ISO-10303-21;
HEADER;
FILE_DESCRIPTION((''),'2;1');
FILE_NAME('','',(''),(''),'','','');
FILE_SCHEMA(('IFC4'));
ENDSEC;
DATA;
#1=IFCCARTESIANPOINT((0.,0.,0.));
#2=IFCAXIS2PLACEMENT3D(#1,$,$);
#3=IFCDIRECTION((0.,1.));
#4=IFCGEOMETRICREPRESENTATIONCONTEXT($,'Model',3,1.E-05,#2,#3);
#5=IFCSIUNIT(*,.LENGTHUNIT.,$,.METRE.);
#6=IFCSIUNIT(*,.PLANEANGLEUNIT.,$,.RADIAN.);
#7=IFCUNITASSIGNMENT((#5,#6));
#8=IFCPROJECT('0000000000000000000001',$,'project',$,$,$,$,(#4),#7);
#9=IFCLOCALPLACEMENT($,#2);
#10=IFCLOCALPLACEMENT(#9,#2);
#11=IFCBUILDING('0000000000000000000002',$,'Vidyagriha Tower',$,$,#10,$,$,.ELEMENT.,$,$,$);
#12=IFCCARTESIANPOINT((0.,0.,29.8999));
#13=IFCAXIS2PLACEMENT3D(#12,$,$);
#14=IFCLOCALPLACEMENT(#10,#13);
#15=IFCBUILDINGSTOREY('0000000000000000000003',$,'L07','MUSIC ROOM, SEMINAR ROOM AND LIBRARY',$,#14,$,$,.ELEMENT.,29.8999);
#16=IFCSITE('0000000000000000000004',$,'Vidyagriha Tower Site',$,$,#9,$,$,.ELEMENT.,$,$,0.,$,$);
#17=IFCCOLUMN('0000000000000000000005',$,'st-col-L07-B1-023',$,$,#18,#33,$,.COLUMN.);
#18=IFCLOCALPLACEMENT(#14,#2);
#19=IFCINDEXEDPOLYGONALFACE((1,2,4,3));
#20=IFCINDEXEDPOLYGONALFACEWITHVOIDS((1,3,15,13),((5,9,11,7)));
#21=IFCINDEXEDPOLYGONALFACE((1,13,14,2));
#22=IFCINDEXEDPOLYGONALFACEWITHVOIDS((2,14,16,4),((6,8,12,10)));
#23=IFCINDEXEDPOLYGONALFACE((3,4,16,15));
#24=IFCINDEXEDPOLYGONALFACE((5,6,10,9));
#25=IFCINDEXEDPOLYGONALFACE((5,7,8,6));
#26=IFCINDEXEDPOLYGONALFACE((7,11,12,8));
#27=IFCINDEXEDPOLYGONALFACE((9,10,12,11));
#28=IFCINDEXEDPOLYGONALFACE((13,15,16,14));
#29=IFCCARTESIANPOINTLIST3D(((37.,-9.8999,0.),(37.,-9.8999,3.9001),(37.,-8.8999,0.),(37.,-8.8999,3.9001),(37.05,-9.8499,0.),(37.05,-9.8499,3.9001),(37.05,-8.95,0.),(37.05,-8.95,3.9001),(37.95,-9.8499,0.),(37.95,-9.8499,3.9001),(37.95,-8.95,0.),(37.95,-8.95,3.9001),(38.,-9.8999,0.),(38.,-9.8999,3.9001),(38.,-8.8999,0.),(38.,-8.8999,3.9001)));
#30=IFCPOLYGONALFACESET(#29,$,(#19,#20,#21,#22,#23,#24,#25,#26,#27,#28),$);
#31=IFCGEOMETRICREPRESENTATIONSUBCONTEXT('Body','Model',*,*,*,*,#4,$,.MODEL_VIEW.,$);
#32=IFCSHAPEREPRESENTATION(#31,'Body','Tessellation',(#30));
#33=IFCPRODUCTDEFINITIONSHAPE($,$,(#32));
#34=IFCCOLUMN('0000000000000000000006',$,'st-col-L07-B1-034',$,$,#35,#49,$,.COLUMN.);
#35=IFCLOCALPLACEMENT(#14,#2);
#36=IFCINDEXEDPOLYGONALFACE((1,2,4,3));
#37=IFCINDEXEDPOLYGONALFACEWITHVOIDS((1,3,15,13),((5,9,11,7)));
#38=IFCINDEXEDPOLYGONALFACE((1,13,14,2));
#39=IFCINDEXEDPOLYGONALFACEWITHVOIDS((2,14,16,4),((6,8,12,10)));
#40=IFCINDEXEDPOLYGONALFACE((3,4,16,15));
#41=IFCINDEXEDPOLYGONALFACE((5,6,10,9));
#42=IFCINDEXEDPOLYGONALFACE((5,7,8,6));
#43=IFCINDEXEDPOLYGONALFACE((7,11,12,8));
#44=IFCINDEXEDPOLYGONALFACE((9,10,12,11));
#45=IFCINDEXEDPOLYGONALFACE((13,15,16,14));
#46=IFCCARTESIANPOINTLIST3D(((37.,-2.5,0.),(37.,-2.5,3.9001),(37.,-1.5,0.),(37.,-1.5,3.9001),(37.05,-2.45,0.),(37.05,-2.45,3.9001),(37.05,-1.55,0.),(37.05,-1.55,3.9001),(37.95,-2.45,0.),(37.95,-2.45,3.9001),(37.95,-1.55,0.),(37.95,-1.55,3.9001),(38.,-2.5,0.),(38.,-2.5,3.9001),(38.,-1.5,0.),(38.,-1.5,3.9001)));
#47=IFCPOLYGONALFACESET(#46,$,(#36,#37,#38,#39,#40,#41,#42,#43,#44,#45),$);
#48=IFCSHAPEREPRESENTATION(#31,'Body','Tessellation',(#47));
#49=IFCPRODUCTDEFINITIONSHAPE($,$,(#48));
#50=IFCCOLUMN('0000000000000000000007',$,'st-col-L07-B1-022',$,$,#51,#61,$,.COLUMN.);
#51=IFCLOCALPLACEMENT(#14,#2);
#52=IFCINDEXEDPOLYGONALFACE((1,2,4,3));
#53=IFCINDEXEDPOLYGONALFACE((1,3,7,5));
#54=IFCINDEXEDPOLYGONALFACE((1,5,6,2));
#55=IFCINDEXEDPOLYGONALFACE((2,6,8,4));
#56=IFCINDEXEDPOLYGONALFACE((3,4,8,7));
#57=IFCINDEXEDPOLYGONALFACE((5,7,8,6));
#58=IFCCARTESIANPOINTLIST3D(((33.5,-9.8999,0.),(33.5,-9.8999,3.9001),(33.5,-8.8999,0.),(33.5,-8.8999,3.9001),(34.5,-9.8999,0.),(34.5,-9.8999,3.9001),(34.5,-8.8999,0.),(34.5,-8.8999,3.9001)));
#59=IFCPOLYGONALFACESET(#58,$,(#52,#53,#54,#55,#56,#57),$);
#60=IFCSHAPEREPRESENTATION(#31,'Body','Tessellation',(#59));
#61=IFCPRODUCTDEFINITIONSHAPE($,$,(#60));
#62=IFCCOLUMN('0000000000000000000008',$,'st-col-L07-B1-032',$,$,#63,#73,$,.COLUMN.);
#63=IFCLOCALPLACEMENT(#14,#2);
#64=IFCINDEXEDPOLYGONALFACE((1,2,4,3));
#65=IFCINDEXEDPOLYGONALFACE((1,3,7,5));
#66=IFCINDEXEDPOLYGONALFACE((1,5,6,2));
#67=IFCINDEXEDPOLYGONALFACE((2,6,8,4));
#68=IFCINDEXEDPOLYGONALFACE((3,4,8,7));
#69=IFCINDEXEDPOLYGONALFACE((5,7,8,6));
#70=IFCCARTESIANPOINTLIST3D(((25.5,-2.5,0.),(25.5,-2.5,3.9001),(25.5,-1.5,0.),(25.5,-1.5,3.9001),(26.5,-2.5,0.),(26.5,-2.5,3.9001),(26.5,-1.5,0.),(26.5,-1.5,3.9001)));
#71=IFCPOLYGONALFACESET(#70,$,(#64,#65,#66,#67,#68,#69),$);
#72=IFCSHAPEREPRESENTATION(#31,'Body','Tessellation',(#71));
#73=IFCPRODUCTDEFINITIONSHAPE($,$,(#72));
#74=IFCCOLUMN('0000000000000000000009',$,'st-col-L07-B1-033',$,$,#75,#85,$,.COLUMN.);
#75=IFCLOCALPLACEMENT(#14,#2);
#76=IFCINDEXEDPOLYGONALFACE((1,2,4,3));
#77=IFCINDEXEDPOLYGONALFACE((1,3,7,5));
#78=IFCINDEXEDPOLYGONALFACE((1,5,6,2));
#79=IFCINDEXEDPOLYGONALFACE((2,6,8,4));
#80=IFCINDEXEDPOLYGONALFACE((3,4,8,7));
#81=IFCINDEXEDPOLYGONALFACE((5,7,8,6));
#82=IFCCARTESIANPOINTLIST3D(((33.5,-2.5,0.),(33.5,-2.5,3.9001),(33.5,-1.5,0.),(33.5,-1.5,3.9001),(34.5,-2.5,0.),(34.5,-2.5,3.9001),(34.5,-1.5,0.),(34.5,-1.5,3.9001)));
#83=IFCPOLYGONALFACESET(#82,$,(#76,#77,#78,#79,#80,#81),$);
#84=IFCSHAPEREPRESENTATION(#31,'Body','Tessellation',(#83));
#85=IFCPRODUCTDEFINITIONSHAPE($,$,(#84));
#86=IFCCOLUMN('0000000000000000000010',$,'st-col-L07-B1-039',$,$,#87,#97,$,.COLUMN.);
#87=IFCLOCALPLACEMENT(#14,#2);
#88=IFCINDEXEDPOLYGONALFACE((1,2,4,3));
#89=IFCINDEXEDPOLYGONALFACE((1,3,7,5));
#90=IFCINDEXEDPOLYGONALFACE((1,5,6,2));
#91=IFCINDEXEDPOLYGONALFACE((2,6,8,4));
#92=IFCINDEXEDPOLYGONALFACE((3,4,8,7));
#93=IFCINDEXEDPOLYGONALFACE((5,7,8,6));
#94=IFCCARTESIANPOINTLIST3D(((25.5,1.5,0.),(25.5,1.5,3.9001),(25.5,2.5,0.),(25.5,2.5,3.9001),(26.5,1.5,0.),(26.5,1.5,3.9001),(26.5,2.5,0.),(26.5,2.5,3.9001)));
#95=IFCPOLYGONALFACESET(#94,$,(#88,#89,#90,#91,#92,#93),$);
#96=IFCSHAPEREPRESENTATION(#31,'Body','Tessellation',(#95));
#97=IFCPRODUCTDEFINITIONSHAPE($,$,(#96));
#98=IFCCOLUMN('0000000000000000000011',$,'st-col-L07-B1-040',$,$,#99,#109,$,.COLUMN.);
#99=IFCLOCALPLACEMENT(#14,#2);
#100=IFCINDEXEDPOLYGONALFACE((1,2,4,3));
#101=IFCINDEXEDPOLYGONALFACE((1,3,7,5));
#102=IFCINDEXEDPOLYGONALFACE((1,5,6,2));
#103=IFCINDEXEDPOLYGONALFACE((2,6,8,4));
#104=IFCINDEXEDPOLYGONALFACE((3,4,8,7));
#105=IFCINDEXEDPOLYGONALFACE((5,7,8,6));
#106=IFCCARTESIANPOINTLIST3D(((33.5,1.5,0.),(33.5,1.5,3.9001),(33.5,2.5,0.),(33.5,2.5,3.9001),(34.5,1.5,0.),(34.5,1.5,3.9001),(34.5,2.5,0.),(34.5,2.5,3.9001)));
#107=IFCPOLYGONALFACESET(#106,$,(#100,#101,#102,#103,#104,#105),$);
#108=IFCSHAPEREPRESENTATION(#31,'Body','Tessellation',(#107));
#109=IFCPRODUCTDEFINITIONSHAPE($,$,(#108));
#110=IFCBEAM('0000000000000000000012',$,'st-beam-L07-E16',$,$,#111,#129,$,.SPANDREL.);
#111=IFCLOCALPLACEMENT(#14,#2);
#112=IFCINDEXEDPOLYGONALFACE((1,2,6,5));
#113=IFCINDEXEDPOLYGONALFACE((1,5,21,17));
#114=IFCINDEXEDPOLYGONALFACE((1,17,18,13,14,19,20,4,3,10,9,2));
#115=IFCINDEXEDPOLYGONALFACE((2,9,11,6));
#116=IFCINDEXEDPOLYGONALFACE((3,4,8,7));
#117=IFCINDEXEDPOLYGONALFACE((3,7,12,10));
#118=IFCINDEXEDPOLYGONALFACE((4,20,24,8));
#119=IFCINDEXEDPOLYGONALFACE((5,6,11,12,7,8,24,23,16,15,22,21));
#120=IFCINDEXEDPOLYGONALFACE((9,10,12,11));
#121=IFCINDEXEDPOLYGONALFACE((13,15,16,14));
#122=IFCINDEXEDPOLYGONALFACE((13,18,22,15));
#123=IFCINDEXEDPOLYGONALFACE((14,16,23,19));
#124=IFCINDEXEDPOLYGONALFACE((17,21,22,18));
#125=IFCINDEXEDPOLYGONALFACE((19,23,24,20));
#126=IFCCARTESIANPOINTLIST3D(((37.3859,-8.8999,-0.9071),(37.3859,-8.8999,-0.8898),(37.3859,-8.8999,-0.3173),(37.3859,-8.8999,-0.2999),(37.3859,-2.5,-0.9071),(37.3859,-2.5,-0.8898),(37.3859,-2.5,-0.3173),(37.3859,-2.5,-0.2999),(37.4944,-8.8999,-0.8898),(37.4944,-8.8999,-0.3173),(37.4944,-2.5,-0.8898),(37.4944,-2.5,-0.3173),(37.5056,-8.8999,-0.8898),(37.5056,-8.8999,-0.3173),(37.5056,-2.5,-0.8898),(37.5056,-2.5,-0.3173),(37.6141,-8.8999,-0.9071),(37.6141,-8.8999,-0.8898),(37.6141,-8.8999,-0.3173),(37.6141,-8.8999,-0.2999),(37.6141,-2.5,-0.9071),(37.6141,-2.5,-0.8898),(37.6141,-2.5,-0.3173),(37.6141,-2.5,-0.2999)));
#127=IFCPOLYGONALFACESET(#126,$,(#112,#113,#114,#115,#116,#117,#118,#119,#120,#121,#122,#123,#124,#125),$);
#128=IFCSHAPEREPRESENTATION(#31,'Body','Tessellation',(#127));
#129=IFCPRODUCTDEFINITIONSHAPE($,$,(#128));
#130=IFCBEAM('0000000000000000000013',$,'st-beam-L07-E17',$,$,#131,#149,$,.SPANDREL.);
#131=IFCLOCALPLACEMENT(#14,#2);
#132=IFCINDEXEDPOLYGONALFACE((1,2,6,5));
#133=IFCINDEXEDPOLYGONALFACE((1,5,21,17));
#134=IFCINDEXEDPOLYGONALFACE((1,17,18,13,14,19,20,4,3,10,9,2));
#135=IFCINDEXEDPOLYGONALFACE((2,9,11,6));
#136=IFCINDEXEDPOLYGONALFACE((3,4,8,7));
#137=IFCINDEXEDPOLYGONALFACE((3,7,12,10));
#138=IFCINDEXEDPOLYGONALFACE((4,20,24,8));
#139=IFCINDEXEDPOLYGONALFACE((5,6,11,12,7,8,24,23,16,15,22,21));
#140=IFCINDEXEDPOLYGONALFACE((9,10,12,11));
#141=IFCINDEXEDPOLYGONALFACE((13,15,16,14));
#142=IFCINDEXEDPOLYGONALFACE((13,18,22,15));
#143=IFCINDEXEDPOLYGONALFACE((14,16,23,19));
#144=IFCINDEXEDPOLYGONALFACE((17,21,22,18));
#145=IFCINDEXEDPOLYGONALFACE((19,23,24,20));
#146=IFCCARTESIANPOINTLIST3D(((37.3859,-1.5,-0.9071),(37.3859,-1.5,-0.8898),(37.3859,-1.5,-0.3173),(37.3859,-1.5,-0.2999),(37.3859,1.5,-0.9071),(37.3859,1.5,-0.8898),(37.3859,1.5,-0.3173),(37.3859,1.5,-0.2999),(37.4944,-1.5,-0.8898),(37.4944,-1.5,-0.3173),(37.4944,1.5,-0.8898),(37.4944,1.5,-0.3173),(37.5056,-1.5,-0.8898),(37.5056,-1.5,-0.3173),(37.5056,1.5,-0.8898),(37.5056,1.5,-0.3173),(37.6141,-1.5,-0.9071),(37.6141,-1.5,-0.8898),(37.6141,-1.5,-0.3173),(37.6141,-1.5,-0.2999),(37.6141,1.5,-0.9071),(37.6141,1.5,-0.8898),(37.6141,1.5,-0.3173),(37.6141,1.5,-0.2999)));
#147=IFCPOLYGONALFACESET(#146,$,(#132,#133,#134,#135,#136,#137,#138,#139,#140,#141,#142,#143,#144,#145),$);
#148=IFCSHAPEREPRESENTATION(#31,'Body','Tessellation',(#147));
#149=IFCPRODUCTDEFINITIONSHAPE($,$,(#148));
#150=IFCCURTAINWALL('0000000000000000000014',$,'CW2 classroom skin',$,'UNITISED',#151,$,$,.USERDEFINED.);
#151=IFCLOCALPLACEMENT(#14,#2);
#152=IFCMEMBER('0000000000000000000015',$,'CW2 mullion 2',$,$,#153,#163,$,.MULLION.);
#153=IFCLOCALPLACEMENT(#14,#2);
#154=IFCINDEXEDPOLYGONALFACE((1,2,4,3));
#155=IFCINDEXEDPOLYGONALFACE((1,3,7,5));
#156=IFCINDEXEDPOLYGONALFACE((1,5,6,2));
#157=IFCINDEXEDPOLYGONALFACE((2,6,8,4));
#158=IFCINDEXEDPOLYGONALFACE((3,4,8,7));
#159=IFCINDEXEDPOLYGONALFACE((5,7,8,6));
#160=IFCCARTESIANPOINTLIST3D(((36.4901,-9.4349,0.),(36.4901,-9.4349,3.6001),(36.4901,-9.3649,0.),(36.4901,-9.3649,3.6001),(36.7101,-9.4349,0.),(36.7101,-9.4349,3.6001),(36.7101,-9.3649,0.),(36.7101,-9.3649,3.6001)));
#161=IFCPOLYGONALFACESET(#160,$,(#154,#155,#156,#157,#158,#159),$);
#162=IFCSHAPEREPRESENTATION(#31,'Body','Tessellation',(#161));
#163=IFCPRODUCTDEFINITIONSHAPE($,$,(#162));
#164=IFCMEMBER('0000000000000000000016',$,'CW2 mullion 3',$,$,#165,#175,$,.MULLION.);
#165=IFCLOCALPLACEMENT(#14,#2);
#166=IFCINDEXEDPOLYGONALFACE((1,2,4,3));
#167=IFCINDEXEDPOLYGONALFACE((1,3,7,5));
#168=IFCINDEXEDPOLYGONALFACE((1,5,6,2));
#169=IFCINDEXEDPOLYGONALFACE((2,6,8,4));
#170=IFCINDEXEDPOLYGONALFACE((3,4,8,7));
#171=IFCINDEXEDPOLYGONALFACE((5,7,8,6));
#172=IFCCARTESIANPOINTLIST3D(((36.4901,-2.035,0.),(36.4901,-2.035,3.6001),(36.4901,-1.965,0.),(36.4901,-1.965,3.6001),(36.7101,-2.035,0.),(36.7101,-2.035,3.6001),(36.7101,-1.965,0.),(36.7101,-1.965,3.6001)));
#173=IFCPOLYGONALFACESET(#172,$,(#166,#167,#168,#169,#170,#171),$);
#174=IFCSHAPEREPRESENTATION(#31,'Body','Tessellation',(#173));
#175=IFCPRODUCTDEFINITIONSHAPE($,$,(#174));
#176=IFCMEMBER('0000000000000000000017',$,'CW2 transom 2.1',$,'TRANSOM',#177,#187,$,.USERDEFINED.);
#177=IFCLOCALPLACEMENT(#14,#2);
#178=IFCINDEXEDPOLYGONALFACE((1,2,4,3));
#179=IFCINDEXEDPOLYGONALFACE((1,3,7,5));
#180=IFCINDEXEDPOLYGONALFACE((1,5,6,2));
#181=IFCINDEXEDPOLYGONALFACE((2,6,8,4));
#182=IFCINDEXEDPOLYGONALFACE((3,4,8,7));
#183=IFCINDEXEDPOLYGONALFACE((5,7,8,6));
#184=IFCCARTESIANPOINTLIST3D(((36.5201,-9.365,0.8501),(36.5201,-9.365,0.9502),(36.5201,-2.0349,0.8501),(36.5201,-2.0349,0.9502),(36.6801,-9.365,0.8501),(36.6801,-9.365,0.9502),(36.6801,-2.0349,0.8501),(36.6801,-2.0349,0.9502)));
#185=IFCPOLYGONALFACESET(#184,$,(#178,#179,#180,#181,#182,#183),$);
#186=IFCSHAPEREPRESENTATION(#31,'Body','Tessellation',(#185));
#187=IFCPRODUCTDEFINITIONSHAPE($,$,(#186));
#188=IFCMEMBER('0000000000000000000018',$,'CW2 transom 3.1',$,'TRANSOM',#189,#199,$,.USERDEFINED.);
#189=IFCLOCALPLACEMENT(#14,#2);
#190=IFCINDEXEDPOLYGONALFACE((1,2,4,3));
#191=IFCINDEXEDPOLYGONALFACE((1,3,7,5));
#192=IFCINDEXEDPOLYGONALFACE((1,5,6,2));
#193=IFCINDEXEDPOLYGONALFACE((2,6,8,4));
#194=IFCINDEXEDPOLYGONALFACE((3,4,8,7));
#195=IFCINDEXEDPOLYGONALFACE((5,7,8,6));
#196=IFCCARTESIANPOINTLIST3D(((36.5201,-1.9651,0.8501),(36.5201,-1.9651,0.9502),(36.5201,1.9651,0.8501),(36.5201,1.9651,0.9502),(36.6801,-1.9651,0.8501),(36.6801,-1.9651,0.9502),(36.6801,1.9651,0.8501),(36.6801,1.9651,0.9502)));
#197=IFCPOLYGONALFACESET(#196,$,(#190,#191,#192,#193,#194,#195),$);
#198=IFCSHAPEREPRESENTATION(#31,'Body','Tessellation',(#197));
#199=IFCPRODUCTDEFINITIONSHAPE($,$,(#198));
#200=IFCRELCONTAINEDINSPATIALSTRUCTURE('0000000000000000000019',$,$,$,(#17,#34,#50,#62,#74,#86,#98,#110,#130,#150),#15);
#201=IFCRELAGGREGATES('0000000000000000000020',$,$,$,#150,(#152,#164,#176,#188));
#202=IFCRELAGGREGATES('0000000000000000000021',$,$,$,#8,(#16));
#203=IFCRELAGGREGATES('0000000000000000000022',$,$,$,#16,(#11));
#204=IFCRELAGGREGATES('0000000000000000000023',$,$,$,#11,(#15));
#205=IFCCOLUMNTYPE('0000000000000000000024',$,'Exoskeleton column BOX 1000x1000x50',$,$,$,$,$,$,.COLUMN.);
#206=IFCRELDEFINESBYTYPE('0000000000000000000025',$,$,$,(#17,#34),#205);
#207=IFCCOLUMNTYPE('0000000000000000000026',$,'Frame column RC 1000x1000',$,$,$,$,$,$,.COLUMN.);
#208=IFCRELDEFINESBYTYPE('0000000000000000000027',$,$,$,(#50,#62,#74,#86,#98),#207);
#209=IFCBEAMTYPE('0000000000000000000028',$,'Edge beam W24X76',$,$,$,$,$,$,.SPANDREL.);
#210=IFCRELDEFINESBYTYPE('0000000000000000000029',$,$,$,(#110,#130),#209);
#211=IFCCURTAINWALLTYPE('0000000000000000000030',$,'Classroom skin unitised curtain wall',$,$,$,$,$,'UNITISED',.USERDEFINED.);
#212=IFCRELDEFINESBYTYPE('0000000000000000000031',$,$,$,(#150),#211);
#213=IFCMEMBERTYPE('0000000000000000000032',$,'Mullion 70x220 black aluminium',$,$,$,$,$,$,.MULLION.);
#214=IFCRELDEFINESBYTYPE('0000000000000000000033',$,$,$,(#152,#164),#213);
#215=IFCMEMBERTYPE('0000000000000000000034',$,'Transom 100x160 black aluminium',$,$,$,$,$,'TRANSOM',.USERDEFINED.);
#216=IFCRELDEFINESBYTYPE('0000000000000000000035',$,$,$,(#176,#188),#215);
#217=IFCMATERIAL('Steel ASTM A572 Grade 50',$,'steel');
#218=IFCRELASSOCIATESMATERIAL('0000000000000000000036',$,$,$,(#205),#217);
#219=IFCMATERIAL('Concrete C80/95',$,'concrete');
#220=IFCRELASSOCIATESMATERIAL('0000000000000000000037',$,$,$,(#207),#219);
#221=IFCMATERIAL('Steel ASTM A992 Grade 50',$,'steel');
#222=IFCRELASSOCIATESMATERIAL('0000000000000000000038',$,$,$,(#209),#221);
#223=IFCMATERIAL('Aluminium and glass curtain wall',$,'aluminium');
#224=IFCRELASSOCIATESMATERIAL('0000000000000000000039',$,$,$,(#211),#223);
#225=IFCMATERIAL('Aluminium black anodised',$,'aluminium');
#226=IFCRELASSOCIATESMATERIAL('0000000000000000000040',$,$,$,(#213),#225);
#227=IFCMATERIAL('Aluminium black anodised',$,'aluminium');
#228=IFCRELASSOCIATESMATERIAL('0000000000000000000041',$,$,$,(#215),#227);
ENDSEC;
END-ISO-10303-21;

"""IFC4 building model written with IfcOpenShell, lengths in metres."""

from ifc_helpers import new_model, si_unit, direction, frame, origin, origin_2d, place, context, subcontext, project, spatial, rectangle, hollow_rectangle, i_section, extrude, material, material_profile, profile_set, type_object, element, aggregate, save


model = new_model("IFC4")

# Units and contexts
model_context = context("Model", 3, precision=1e-05, world=origin(), true_north=direction((0.0, 1.0)))
body_context = subcontext(model_context, "Body", "Model", "MODEL_VIEW")
ifc_project = project(units=[si_unit("LENGTHUNIT", "METRE"), si_unit("PLANEANGLEUNIT", "RADIAN")], contexts=[model_context])

# Site, building, storey
site_placement = place(None, origin())
site = spatial("IfcSite", under=ifc_project, at=site_placement, Name="Vidyagriha Tower Site", CompositionType="ELEMENT", RefElevation=0.0)
building_placement = place(site_placement, origin())
building = spatial("IfcBuilding", under=site, at=building_placement, Name="Vidyagriha Tower", CompositionType="ELEMENT")
storey_placement = place(building_placement, frame((0.0, 0.0, 29.8999)))
storey = spatial("IfcBuildingStorey", under=building, at=storey_placement, Name="L07", Description="MUSIC ROOM, SEMINAR ROOM AND LIBRARY", CompositionType="ELEMENT", Elevation=29.8999)

# Columns
ifc_material_1 = material(Name="Steel ASTM A572 Grade 50", Category="steel")
ifc_material_profile_1 = material_profile(ifc_material_1, hollow_rectangle(XDim=1.0, YDim=1.0, WallThickness=0.05, at=origin_2d()), Name="BOX 1000x1000x50")
ifc_profile_set_1 = profile_set([ifc_material_profile_1], Name="Steel ASTM A572 Grade 50")
column_type_1 = type_object("IfcColumnType", Name="Exoskeleton column BOX 1000x1000x50", PredefinedType="COLUMN", material=ifc_profile_set_1)
for number, where, name in (
    (1, (37.5, -9.3999, 0.0), "st-col-L07-B1-023"),
    (2, (37.5, -2.0, 0.0), "st-col-L07-B1-034"),
):
    element("IfcColumn", number, at=place(storey_placement, frame(where)), inside=storey, type_object=column_type_1, Name=name, PredefinedType="COLUMN", context=body_context, shape_type="SweptSolid", body=[
        extrude(hollow_rectangle(XDim=1.0, YDim=1.0, WallThickness=0.05, at=origin_2d()), origin(), (0.0, 0.0, 1.0), 3.9001),
    ])
ifc_material_2 = material(Name="Concrete C80/95", Category="concrete")
ifc_material_profile_2 = material_profile(ifc_material_2, rectangle(XDim=1.0, YDim=1.0, at=origin_2d()), Name="RC 1000x1000")
ifc_profile_set_2 = profile_set([ifc_material_profile_2], Name="Concrete C80/95")
column_type_2 = type_object("IfcColumnType", Name="Frame column RC 1000x1000", PredefinedType="COLUMN", material=ifc_profile_set_2)
for number, where, name in (
    (3, (34.0, -9.3999, 0.0), "st-col-L07-B1-022"),
    (4, (26.0, -2.0, 0.0), "st-col-L07-B1-032"),
    (5, (34.0, -2.0, 0.0), "st-col-L07-B1-033"),
    (6, (26.0, 2.0, 0.0), "st-col-L07-B1-039"),
    (7, (34.0, 2.0, 0.0), "st-col-L07-B1-040"),
):
    element("IfcColumn", number, at=place(storey_placement, frame(where)), inside=storey, type_object=column_type_2, Name=name, PredefinedType="COLUMN", context=body_context, shape_type="SweptSolid", body=[
        extrude(rectangle(XDim=1.0, YDim=1.0, at=origin_2d()), origin(), (0.0, 0.0, 1.0), 3.9001),
    ])

# Beams
ifc_material_3 = material(Name="Steel ASTM A992 Grade 50", Category="steel")
ifc_material_profile_3 = material_profile(ifc_material_3, i_section(OverallWidth=0.2283, OverallDepth=0.6072, WebThickness=0.0112, FlangeThickness=0.0173, at=origin_2d()), Name="W24X76")
ifc_profile_set_3 = profile_set([ifc_material_profile_3], Name="Steel ASTM A992 Grade 50")
beam_type = type_object("IfcBeamType", Name="Edge beam W24X76", PredefinedType="SPANDREL", material=ifc_profile_set_3)
beam_1_placement = place(storey_placement, frame((37.5, -8.8999, -0.6035), z_axis=(0.0, 1.0, 0.0), x_axis=(-1.0, 0.0, 0.0)))
element("IfcBeam", 8, at=beam_1_placement, inside=storey, type_object=beam_type, Name="st-beam-L07-E16", PredefinedType="SPANDREL", context=body_context, shape_type="SweptSolid", body=[
    extrude(i_section(OverallWidth=0.2283, OverallDepth=0.6072, WebThickness=0.0112, FlangeThickness=0.0173, at=origin_2d()), origin(), (0.0, 0.0, 1.0), 6.3999),
])
beam_2_placement = place(storey_placement, frame((37.5, -1.5, -0.6035), z_axis=(0.0, 1.0, 0.0), x_axis=(-1.0, 0.0, 0.0)))
element("IfcBeam", 9, at=beam_2_placement, inside=storey, type_object=beam_type, Name="st-beam-L07-E17", PredefinedType="SPANDREL", context=body_context, shape_type="SweptSolid", body=[
    extrude(i_section(OverallWidth=0.2283, OverallDepth=0.6072, WebThickness=0.0112, FlangeThickness=0.0173, at=origin_2d()), origin(), (0.0, 0.0, 1.0), 3.0),
])

# Curtain wall, members
ifc_material_4 = material(Name="Aluminium and glass curtain wall", Category="aluminium")
curtain_wall_type = type_object("IfcCurtainWallType", Name="Classroom skin unitised curtain wall", ElementType="UNITISED", PredefinedType="USERDEFINED", material=ifc_material_4)
curtain_wall_placement = place(storey_placement, origin())
curtain_wall = element("IfcCurtainWall", 10, at=curtain_wall_placement, inside=storey, type_object=curtain_wall_type, Name="CW2 classroom skin", ObjectType="UNITISED", PredefinedType="USERDEFINED")
ifc_material_5 = material(Name="Aluminium black anodised", Category="aluminium")
ifc_material_profile_4 = material_profile(ifc_material_5, rectangle(XDim=0.22, YDim=0.0701, at=origin_2d()), Name="Mullion 70x220 black aluminium")
ifc_profile_set_4 = profile_set([ifc_material_profile_4], Name="Aluminium black anodised")
member_type_1 = type_object("IfcMemberType", Name="Mullion 70x220 black aluminium", PredefinedType="MULLION", material=ifc_profile_set_4)
member_1_placement = place(storey_placement, frame((36.6001, -9.3999, 0.0), z_axis=(0.0, 0.0, 1.0), x_axis=(-1.0, 0.0, 0.0)))
member_1 = element("IfcMember", 11, at=member_1_placement, type_object=member_type_1, Name="CW2 mullion 2", PredefinedType="MULLION", context=body_context, shape_type="SweptSolid", body=[
    extrude(rectangle(XDim=0.22, YDim=0.0701, at=origin_2d()), origin(), (0.0, 0.0, 1.0), 3.6001),
])
member_2_placement = place(storey_placement, frame((36.6001, -2.0, 0.0), z_axis=(0.0, 0.0, 1.0), x_axis=(-1.0, 0.0, 0.0)))
member_2 = element("IfcMember", 12, at=member_2_placement, type_object=member_type_1, Name="CW2 mullion 3", PredefinedType="MULLION", context=body_context, shape_type="SweptSolid", body=[
    extrude(rectangle(XDim=0.22, YDim=0.0701, at=origin_2d()), origin(), (0.0, 0.0, 1.0), 3.6001),
])
ifc_material_6 = material(Name="Aluminium black anodised", Category="aluminium")
ifc_material_profile_5 = material_profile(ifc_material_6, rectangle(XDim=0.1599, YDim=0.1001, at=origin_2d()), Name="Transom 100x160 black aluminium")
ifc_profile_set_5 = profile_set([ifc_material_profile_5], Name="Aluminium black anodised")
member_type_2 = type_object("IfcMemberType", Name="Transom 100x160 black aluminium", ElementType="TRANSOM", PredefinedType="USERDEFINED", material=ifc_profile_set_5)
member_3_placement = place(storey_placement, frame((36.6001, -9.365, 0.9001), z_axis=(0.0, 1.0, 0.0), x_axis=(-1.0, 0.0, 0.0)))
member_3 = element("IfcMember", 13, at=member_3_placement, type_object=member_type_2, Name="CW2 transom 2.1", ObjectType="TRANSOM", PredefinedType="USERDEFINED", context=body_context, shape_type="SweptSolid", body=[
    extrude(rectangle(XDim=0.1599, YDim=0.1001, at=origin_2d()), origin(), (0.0, 0.0, 1.0), 7.3301),
])
member_4_placement = place(storey_placement, frame((36.6001, -1.9651, 0.9001), z_axis=(0.0, 1.0, 0.0), x_axis=(-1.0, 0.0, 0.0)))
member_4 = element("IfcMember", 14, at=member_4_placement, type_object=member_type_2, Name="CW2 transom 3.1", ObjectType="TRANSOM", PredefinedType="USERDEFINED", context=body_context, shape_type="SweptSolid", body=[
    extrude(rectangle(XDim=0.1599, YDim=0.1001, at=origin_2d()), origin(), (0.0, 0.0, 1.0), 3.9302),
])
aggregate(curtain_wall, [member_1, member_2, member_3, member_4])

save(model, "model.ifc")
